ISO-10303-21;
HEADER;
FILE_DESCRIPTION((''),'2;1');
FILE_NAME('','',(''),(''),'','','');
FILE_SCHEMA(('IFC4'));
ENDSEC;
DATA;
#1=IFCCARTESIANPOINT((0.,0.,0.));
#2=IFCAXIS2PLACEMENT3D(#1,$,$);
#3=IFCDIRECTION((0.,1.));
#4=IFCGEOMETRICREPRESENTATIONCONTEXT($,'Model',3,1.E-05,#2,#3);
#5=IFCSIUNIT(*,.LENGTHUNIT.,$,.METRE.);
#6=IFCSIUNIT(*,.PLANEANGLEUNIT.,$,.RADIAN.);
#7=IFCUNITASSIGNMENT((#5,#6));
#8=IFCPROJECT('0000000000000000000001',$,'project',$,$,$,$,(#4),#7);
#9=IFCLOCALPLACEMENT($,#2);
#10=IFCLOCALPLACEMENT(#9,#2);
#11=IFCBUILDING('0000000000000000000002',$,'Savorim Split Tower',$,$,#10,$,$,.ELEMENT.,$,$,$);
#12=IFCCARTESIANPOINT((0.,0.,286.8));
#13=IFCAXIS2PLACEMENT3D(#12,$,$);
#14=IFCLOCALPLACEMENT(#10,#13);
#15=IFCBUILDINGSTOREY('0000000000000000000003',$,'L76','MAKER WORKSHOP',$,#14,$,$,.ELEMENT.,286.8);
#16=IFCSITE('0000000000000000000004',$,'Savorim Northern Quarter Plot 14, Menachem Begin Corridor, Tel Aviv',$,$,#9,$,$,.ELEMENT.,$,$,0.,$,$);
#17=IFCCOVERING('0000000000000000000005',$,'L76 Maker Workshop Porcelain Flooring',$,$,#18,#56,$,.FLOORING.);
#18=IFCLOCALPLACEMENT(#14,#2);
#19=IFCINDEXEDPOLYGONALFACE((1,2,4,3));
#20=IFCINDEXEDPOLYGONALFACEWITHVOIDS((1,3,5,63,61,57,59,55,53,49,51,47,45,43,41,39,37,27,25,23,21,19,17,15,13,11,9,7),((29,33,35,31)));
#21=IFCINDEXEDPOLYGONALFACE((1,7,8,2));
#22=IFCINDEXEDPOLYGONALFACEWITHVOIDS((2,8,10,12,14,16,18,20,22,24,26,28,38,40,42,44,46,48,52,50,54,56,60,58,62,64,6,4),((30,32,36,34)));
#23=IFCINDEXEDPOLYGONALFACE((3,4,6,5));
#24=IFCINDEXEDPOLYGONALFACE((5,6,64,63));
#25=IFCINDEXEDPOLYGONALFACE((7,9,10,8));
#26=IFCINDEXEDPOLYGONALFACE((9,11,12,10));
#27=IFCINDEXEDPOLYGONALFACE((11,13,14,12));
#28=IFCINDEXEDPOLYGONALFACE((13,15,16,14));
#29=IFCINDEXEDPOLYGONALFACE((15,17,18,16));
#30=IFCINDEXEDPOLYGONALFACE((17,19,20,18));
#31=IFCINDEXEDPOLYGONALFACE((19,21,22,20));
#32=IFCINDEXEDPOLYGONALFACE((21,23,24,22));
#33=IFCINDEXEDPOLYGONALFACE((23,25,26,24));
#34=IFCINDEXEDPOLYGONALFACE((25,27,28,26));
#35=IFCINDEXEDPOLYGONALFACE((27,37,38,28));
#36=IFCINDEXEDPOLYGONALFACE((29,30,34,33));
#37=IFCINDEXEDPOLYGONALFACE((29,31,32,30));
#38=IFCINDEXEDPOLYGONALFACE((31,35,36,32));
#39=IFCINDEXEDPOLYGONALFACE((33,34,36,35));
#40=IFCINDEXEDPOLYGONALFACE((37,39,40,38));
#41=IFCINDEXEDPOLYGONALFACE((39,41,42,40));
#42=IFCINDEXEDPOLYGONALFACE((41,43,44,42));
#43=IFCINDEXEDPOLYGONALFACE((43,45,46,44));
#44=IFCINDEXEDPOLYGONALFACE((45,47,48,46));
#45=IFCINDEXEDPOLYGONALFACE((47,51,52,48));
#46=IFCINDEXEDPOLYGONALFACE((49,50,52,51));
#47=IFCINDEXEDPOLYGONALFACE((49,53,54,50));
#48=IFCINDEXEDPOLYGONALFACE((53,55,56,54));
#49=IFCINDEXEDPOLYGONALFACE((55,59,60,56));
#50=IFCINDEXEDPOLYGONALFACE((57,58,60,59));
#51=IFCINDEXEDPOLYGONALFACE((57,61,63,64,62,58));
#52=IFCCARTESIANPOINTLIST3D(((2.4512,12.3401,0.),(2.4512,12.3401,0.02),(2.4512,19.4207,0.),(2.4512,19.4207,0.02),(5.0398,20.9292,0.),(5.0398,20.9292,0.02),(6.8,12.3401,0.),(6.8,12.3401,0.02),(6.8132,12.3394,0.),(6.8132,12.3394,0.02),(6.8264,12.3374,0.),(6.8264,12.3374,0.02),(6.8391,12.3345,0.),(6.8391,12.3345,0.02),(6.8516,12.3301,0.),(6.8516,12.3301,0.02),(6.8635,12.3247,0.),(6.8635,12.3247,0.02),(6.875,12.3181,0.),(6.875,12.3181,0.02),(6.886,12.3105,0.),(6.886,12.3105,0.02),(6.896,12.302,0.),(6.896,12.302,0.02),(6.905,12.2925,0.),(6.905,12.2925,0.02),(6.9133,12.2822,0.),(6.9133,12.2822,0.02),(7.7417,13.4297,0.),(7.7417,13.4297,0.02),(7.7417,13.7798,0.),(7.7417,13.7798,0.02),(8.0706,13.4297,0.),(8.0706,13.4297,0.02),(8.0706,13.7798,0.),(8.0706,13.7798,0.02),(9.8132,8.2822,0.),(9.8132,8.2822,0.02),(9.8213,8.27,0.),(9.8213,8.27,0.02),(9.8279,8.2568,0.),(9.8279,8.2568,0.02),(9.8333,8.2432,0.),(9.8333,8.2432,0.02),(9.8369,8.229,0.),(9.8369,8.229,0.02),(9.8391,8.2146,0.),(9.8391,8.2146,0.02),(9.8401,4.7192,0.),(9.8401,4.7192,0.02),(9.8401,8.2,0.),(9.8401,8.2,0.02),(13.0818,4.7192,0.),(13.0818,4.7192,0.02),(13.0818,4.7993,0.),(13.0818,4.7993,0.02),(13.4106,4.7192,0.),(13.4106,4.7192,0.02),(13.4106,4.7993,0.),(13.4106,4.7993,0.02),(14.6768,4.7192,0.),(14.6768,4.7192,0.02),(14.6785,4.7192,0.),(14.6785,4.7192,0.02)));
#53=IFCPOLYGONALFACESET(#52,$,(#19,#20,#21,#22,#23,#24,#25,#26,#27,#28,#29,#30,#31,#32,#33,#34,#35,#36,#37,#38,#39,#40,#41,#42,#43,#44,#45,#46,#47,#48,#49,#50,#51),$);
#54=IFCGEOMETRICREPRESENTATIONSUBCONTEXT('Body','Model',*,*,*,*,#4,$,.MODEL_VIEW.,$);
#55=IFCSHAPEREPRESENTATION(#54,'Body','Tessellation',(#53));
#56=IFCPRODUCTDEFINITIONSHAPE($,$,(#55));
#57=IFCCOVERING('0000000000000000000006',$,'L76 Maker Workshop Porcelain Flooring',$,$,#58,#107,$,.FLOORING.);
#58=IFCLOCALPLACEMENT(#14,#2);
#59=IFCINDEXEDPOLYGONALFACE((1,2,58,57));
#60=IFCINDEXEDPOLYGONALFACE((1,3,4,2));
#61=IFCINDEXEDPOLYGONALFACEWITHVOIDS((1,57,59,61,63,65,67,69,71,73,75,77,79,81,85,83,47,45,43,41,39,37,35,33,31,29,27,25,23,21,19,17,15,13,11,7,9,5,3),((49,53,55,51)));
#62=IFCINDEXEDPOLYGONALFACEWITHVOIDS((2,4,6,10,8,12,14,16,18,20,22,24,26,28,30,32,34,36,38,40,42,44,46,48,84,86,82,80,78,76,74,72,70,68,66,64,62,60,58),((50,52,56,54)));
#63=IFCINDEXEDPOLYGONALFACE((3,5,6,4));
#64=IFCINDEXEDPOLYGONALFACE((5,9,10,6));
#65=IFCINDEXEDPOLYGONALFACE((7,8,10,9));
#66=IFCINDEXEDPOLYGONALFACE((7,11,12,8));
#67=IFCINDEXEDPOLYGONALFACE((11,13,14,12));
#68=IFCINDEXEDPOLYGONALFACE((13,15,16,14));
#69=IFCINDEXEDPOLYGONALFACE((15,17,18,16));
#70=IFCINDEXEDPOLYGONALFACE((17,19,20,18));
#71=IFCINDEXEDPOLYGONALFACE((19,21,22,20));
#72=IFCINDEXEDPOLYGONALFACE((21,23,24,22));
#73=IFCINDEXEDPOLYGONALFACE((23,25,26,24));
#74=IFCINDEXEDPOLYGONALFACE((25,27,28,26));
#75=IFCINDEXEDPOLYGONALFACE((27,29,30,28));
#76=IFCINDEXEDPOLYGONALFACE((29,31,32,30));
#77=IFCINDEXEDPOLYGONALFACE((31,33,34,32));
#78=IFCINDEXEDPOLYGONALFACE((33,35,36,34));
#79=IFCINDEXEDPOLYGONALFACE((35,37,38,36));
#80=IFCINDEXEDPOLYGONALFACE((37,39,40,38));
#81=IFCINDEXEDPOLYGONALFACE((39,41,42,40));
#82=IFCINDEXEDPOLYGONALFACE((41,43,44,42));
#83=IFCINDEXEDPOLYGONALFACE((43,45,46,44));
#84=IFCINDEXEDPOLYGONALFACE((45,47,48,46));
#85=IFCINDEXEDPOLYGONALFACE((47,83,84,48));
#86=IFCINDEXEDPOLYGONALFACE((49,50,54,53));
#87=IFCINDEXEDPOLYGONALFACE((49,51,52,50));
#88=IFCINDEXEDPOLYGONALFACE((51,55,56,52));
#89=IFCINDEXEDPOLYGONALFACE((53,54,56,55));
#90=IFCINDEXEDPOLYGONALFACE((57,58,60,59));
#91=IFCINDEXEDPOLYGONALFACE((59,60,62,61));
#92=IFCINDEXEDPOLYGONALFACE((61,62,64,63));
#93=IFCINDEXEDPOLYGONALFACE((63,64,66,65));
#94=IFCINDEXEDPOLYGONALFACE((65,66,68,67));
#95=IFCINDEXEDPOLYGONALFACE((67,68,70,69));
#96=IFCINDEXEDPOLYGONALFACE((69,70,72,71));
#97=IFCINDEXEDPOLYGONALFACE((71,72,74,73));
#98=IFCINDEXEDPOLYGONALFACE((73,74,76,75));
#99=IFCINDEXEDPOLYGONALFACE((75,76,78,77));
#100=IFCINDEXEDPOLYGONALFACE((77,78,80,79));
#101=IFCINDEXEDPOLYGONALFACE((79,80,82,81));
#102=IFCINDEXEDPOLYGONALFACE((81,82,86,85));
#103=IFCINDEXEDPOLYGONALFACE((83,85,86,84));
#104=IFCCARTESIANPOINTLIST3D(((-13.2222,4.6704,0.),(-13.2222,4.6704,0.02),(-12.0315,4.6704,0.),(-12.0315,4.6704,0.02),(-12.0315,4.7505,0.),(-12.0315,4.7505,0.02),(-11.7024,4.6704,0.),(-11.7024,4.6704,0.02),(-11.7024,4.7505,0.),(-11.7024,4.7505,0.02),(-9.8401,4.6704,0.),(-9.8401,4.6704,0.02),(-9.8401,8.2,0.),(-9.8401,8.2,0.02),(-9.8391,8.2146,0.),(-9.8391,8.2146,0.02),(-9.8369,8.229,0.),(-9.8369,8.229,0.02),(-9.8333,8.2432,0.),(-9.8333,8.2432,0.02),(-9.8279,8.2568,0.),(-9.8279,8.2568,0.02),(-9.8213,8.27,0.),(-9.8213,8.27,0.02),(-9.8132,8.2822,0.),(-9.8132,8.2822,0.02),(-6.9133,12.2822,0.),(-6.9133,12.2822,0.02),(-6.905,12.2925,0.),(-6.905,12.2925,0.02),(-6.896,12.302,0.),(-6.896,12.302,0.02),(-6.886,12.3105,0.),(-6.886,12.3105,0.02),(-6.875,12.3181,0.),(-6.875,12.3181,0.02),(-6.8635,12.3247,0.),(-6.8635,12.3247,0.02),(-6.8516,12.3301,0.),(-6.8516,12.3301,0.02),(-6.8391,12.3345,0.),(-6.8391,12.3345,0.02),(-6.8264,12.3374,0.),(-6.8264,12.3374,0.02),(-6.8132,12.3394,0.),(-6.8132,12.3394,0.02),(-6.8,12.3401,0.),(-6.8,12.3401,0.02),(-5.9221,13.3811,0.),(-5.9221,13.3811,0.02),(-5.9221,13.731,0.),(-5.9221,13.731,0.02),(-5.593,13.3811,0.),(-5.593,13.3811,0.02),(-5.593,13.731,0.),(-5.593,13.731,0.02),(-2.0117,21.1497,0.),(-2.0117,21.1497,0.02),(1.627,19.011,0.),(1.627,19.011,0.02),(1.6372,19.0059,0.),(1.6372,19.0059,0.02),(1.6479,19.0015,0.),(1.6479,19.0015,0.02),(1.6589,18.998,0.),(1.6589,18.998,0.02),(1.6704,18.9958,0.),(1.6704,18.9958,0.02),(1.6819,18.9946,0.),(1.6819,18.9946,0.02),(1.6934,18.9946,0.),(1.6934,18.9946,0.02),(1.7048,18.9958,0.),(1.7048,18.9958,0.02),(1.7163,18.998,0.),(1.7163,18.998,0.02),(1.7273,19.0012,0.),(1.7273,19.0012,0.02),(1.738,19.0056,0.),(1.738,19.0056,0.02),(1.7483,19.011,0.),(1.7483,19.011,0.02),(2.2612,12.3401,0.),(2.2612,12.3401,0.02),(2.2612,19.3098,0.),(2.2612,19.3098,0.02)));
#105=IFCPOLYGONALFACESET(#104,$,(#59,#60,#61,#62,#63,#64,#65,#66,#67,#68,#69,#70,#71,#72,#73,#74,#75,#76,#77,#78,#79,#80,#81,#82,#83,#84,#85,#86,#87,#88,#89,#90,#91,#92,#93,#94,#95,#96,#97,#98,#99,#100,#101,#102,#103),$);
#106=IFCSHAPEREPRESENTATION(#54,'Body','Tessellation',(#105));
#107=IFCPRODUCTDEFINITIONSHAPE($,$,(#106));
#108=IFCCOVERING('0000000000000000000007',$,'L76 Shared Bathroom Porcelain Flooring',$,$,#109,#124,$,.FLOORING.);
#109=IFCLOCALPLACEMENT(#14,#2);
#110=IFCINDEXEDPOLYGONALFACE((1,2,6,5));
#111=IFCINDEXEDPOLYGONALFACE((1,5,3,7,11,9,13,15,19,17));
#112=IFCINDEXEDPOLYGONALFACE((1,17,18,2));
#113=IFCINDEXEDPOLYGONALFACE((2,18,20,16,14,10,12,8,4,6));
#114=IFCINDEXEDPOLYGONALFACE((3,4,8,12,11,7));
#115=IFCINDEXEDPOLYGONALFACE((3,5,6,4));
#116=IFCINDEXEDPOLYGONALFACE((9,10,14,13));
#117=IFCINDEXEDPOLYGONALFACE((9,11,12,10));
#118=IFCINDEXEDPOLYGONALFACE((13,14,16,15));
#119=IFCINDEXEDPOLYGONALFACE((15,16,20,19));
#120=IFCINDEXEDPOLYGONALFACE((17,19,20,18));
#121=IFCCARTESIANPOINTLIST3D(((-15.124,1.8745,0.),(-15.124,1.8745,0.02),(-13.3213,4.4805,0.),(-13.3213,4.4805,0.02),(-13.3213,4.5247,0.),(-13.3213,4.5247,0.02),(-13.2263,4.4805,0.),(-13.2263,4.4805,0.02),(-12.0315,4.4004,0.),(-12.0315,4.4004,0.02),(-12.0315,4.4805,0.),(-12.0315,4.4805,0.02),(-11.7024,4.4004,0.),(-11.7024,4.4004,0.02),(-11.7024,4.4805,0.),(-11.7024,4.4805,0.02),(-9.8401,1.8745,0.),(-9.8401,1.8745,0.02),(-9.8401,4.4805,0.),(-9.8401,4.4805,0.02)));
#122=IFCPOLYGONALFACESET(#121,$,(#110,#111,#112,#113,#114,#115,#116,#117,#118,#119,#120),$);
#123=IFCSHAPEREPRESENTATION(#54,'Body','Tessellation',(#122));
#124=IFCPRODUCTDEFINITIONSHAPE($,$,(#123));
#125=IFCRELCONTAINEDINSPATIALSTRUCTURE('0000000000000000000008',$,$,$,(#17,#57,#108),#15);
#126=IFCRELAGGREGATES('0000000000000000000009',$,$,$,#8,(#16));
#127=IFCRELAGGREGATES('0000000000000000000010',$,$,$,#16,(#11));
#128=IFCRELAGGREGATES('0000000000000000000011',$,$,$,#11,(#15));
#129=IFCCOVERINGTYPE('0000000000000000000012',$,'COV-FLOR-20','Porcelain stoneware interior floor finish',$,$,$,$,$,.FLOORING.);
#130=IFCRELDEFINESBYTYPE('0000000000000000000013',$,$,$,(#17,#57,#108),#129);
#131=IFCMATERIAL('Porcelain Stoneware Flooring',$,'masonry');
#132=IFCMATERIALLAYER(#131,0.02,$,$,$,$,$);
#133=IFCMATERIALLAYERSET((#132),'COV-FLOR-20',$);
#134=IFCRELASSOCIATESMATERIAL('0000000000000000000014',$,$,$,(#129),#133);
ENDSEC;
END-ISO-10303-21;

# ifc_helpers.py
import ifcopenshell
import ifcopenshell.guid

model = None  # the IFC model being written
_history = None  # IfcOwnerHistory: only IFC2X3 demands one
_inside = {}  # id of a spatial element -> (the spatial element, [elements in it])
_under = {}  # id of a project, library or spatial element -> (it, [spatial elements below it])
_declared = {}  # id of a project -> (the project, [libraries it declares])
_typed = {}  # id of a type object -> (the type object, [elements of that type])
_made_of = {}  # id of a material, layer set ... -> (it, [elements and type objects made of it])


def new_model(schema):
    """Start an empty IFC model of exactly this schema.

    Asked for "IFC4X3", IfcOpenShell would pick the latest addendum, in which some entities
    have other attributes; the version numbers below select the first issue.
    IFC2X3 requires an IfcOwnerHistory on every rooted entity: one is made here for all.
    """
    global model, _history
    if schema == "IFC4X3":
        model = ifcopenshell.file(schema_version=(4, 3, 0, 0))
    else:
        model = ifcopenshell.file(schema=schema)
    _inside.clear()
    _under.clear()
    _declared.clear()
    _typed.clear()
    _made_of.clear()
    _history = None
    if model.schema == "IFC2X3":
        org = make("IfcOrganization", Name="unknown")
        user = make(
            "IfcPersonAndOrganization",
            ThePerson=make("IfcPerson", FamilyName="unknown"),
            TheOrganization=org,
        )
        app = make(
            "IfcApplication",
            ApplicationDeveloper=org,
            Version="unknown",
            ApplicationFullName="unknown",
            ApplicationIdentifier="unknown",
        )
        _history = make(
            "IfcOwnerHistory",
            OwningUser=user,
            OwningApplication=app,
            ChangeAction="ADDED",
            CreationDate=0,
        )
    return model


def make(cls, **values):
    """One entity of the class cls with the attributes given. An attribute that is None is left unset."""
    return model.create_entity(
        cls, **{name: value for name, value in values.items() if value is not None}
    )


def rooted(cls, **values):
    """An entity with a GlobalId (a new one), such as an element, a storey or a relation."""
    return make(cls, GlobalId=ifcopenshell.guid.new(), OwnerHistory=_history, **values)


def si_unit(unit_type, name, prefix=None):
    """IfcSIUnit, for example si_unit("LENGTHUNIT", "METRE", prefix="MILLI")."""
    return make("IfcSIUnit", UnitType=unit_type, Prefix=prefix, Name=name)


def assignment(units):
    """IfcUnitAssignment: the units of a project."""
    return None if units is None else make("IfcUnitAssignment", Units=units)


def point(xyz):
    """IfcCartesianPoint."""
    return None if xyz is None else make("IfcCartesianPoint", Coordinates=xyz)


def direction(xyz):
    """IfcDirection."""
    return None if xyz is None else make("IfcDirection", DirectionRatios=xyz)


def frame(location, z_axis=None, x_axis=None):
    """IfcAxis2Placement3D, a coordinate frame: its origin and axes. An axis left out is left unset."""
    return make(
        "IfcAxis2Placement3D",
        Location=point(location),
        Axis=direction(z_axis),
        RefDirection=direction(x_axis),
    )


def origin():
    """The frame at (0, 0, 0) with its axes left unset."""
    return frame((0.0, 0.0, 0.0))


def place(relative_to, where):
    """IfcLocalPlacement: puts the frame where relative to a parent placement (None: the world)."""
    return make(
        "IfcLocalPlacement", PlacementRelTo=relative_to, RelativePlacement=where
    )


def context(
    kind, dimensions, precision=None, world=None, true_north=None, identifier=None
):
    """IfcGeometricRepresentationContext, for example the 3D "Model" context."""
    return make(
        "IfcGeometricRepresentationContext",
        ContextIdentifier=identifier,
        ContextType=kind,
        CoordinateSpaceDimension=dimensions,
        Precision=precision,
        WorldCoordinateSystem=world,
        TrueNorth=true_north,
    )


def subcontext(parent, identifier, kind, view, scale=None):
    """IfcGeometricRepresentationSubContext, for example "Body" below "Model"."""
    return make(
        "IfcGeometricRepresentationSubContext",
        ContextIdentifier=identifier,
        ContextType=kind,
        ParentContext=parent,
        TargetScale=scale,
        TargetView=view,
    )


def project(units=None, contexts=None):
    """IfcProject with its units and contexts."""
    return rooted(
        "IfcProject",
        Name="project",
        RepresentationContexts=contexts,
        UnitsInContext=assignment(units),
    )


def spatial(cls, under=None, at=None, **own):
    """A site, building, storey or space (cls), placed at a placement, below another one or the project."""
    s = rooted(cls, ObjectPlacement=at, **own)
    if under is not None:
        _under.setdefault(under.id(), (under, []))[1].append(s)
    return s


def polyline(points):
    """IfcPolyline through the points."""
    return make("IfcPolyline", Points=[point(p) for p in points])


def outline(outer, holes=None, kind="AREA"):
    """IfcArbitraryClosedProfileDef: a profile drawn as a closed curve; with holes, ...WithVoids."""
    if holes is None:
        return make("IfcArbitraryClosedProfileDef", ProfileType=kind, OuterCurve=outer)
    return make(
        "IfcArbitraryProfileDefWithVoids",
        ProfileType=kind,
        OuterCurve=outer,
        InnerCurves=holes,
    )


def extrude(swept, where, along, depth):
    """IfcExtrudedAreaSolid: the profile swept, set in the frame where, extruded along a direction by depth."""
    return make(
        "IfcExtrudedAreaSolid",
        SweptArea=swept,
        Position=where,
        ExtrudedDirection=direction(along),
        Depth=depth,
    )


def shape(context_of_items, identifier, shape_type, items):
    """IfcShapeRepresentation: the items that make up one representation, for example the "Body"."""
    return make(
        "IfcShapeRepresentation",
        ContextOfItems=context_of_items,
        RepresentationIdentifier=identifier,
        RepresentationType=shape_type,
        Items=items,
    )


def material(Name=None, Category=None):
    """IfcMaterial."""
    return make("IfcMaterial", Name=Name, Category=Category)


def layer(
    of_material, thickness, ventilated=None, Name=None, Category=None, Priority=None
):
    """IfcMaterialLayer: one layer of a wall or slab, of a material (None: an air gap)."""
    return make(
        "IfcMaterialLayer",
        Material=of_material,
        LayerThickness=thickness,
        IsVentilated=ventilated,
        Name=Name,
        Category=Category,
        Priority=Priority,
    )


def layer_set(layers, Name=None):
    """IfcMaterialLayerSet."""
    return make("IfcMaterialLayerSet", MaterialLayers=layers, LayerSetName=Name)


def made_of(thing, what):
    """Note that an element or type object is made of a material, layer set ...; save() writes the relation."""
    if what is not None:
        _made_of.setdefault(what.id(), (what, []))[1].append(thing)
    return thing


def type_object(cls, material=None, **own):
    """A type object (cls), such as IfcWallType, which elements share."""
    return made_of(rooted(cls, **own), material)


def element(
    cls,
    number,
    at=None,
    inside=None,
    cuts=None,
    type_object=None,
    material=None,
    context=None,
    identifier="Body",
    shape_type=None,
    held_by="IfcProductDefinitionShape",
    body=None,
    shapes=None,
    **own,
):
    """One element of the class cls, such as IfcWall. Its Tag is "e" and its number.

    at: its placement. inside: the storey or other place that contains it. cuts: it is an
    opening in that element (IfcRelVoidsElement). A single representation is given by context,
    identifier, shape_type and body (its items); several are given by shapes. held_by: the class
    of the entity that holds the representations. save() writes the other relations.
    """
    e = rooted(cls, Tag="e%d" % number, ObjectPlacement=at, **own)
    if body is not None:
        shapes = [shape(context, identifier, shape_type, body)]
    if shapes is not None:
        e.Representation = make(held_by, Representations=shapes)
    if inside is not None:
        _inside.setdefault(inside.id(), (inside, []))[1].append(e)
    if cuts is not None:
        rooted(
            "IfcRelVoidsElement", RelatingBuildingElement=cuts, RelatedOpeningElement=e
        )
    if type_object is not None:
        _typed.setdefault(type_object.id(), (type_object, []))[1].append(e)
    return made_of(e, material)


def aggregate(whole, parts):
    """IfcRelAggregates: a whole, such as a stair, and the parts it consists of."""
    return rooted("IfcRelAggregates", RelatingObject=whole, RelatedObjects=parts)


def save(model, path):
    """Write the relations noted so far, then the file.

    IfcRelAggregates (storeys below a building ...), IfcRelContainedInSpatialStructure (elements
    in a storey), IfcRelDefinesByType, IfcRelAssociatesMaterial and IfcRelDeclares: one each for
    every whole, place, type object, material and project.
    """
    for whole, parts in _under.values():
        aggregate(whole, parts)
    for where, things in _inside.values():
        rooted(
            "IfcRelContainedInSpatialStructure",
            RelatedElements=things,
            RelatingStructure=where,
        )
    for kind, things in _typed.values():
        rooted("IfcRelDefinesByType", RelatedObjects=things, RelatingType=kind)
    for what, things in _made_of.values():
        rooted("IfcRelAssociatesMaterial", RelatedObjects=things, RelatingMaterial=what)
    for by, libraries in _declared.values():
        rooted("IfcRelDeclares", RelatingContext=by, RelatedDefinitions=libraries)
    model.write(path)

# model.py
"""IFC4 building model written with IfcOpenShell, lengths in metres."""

from ifc_helpers import new_model, si_unit, direction, frame, origin, place, context, subcontext, project, spatial, polyline, outline, extrude, material, layer, layer_set, type_object, element, save


model = new_model("IFC4")

# Units and contexts
model_context = context("Model", 3, precision=1e-05, world=origin(), true_north=direction((0.0, 1.0)))
body_context = subcontext(model_context, "Body", "Model", "MODEL_VIEW")
ifc_project = project(units=[si_unit("LENGTHUNIT", "METRE"), si_unit("PLANEANGLEUNIT", "RADIAN")], contexts=[model_context])

# Site, building, storey
site_placement = place(None, origin())
site = spatial("IfcSite", under=ifc_project, at=site_placement, Name="Savorim Northern Quarter Plot 14, Menachem Begin Corridor, Tel Aviv", CompositionType="ELEMENT", RefElevation=0.0)
building_placement = place(site_placement, origin())
building = spatial("IfcBuilding", under=site, at=building_placement, Name="Savorim Split Tower", CompositionType="ELEMENT")
storey_placement = place(building_placement, frame((0.0, 0.0, 286.8)))
storey = spatial("IfcBuildingStorey", under=building, at=storey_placement, Name="L76", Description="MAKER WORKSHOP", CompositionType="ELEMENT", Elevation=286.8)

# Coverings
ifc_material_1 = material(Name="Porcelain Stoneware Flooring", Category="masonry")
ifc_layer_1 = layer(ifc_material_1, 0.02)
ifc_layer_set_1 = layer_set([ifc_layer_1], Name="COV-FLOR-20")
covering_type_1 = type_object("IfcCoveringType", Name="COV-FLOR-20", Description="Porcelain stoneware interior floor finish", PredefinedType="FLOORING", material=ifc_layer_set_1)
covering_1_placement = place(storey_placement, origin())
element("IfcCovering", 1, at=covering_1_placement, inside=storey, type_object=covering_type_1, Name="L76 Maker Workshop Porcelain Flooring", PredefinedType="FLOORING", context=body_context, shape_type="SweptSolid", body=[
    extrude(outline(polyline([(14.6768, 4.7192), (14.6785, 4.7192), (5.0398, 20.9292), (2.4512, 19.4207), (2.4512, 12.3401), (6.8, 12.3401), (6.8132, 12.3394), (6.8264, 12.3374), (6.8391, 12.3345), (6.8516, 12.3301), (6.8635, 12.3247), (6.875, 12.3181), (6.886, 12.3105), (6.896, 12.302), (6.905, 12.2925), (6.9133, 12.2822), (9.8132, 8.2822), (9.8213, 8.27), (9.8279, 8.2568), (9.8333, 8.2432), (9.8369, 8.229), (9.8391, 8.2146), (9.8401, 8.2), (9.8401, 4.7192), (13.0818, 4.7192), (13.0818, 4.7993), (13.4106, 4.7993), (13.4106, 4.7192), (14.6768, 4.7192)]), holes=[polyline([(8.0706, 13.7798), (7.7417, 13.7798), (7.7417, 13.4297), (8.0706, 13.4297), (8.0706, 13.7798)])]), origin(), (0.0, 0.0, 1.0), 0.02),
])
covering_2_placement = place(storey_placement, origin())
element("IfcCovering", 2, at=covering_2_placement, inside=storey, type_object=covering_type_1, Name="L76 Maker Workshop Porcelain Flooring", PredefinedType="FLOORING", context=body_context, shape_type="SweptSolid", body=[
    extrude(outline(polyline([(1.6479, 19.0015), (1.6372, 19.0059), (1.627, 19.011), (-2.0117, 21.1497), (-13.2222, 4.6704), (-12.0315, 4.6704), (-12.0315, 4.7505), (-11.7024, 4.7505), (-11.7024, 4.6704), (-9.8401, 4.6704), (-9.8401, 8.2), (-9.8391, 8.2146), (-9.8369, 8.229), (-9.8333, 8.2432), (-9.8279, 8.2568), (-9.8213, 8.27), (-9.8132, 8.2822), (-6.9133, 12.2822), (-6.905, 12.2925), (-6.896, 12.302), (-6.886, 12.3105), (-6.875, 12.3181), (-6.8635, 12.3247), (-6.8516, 12.3301), (-6.8391, 12.3345), (-6.8264, 12.3374), (-6.8132, 12.3394), (-6.8, 12.3401), (2.2612, 12.3401), (2.2612, 19.3098), (1.7483, 19.011), (1.738, 19.0056), (1.7273, 19.0012), (1.7163, 18.998), (1.7048, 18.9958), (1.6934, 18.9946), (1.6819, 18.9946), (1.6704, 18.9958), (1.6589, 18.998), (1.6479, 19.0015)]), holes=[polyline([(-5.593, 13.731), (-5.9221, 13.731), (-5.9221, 13.3811), (-5.593, 13.3811), (-5.593, 13.731)])]), origin(), (0.0, 0.0, 1.0), 0.02),
])
covering_3_placement = place(storey_placement, origin())
element("IfcCovering", 3, at=covering_3_placement, inside=storey, type_object=covering_type_1, Name="L76 Shared Bathroom Porcelain Flooring", PredefinedType="FLOORING", context=body_context, shape_type="SweptSolid", body=[
    extrude(outline(polyline([(-12.0315, 4.4805), (-13.2263, 4.4805), (-13.3213, 4.4805), (-13.3213, 4.5247), (-15.124, 1.8745), (-9.8401, 1.8745), (-9.8401, 4.4805), (-11.7024, 4.4805), (-11.7024, 4.4004), (-12.0315, 4.4004), (-12.0315, 4.4805)])), origin(), (0.0, 0.0, 1.0), 0.02),
])

save(model, "model.ifc")
